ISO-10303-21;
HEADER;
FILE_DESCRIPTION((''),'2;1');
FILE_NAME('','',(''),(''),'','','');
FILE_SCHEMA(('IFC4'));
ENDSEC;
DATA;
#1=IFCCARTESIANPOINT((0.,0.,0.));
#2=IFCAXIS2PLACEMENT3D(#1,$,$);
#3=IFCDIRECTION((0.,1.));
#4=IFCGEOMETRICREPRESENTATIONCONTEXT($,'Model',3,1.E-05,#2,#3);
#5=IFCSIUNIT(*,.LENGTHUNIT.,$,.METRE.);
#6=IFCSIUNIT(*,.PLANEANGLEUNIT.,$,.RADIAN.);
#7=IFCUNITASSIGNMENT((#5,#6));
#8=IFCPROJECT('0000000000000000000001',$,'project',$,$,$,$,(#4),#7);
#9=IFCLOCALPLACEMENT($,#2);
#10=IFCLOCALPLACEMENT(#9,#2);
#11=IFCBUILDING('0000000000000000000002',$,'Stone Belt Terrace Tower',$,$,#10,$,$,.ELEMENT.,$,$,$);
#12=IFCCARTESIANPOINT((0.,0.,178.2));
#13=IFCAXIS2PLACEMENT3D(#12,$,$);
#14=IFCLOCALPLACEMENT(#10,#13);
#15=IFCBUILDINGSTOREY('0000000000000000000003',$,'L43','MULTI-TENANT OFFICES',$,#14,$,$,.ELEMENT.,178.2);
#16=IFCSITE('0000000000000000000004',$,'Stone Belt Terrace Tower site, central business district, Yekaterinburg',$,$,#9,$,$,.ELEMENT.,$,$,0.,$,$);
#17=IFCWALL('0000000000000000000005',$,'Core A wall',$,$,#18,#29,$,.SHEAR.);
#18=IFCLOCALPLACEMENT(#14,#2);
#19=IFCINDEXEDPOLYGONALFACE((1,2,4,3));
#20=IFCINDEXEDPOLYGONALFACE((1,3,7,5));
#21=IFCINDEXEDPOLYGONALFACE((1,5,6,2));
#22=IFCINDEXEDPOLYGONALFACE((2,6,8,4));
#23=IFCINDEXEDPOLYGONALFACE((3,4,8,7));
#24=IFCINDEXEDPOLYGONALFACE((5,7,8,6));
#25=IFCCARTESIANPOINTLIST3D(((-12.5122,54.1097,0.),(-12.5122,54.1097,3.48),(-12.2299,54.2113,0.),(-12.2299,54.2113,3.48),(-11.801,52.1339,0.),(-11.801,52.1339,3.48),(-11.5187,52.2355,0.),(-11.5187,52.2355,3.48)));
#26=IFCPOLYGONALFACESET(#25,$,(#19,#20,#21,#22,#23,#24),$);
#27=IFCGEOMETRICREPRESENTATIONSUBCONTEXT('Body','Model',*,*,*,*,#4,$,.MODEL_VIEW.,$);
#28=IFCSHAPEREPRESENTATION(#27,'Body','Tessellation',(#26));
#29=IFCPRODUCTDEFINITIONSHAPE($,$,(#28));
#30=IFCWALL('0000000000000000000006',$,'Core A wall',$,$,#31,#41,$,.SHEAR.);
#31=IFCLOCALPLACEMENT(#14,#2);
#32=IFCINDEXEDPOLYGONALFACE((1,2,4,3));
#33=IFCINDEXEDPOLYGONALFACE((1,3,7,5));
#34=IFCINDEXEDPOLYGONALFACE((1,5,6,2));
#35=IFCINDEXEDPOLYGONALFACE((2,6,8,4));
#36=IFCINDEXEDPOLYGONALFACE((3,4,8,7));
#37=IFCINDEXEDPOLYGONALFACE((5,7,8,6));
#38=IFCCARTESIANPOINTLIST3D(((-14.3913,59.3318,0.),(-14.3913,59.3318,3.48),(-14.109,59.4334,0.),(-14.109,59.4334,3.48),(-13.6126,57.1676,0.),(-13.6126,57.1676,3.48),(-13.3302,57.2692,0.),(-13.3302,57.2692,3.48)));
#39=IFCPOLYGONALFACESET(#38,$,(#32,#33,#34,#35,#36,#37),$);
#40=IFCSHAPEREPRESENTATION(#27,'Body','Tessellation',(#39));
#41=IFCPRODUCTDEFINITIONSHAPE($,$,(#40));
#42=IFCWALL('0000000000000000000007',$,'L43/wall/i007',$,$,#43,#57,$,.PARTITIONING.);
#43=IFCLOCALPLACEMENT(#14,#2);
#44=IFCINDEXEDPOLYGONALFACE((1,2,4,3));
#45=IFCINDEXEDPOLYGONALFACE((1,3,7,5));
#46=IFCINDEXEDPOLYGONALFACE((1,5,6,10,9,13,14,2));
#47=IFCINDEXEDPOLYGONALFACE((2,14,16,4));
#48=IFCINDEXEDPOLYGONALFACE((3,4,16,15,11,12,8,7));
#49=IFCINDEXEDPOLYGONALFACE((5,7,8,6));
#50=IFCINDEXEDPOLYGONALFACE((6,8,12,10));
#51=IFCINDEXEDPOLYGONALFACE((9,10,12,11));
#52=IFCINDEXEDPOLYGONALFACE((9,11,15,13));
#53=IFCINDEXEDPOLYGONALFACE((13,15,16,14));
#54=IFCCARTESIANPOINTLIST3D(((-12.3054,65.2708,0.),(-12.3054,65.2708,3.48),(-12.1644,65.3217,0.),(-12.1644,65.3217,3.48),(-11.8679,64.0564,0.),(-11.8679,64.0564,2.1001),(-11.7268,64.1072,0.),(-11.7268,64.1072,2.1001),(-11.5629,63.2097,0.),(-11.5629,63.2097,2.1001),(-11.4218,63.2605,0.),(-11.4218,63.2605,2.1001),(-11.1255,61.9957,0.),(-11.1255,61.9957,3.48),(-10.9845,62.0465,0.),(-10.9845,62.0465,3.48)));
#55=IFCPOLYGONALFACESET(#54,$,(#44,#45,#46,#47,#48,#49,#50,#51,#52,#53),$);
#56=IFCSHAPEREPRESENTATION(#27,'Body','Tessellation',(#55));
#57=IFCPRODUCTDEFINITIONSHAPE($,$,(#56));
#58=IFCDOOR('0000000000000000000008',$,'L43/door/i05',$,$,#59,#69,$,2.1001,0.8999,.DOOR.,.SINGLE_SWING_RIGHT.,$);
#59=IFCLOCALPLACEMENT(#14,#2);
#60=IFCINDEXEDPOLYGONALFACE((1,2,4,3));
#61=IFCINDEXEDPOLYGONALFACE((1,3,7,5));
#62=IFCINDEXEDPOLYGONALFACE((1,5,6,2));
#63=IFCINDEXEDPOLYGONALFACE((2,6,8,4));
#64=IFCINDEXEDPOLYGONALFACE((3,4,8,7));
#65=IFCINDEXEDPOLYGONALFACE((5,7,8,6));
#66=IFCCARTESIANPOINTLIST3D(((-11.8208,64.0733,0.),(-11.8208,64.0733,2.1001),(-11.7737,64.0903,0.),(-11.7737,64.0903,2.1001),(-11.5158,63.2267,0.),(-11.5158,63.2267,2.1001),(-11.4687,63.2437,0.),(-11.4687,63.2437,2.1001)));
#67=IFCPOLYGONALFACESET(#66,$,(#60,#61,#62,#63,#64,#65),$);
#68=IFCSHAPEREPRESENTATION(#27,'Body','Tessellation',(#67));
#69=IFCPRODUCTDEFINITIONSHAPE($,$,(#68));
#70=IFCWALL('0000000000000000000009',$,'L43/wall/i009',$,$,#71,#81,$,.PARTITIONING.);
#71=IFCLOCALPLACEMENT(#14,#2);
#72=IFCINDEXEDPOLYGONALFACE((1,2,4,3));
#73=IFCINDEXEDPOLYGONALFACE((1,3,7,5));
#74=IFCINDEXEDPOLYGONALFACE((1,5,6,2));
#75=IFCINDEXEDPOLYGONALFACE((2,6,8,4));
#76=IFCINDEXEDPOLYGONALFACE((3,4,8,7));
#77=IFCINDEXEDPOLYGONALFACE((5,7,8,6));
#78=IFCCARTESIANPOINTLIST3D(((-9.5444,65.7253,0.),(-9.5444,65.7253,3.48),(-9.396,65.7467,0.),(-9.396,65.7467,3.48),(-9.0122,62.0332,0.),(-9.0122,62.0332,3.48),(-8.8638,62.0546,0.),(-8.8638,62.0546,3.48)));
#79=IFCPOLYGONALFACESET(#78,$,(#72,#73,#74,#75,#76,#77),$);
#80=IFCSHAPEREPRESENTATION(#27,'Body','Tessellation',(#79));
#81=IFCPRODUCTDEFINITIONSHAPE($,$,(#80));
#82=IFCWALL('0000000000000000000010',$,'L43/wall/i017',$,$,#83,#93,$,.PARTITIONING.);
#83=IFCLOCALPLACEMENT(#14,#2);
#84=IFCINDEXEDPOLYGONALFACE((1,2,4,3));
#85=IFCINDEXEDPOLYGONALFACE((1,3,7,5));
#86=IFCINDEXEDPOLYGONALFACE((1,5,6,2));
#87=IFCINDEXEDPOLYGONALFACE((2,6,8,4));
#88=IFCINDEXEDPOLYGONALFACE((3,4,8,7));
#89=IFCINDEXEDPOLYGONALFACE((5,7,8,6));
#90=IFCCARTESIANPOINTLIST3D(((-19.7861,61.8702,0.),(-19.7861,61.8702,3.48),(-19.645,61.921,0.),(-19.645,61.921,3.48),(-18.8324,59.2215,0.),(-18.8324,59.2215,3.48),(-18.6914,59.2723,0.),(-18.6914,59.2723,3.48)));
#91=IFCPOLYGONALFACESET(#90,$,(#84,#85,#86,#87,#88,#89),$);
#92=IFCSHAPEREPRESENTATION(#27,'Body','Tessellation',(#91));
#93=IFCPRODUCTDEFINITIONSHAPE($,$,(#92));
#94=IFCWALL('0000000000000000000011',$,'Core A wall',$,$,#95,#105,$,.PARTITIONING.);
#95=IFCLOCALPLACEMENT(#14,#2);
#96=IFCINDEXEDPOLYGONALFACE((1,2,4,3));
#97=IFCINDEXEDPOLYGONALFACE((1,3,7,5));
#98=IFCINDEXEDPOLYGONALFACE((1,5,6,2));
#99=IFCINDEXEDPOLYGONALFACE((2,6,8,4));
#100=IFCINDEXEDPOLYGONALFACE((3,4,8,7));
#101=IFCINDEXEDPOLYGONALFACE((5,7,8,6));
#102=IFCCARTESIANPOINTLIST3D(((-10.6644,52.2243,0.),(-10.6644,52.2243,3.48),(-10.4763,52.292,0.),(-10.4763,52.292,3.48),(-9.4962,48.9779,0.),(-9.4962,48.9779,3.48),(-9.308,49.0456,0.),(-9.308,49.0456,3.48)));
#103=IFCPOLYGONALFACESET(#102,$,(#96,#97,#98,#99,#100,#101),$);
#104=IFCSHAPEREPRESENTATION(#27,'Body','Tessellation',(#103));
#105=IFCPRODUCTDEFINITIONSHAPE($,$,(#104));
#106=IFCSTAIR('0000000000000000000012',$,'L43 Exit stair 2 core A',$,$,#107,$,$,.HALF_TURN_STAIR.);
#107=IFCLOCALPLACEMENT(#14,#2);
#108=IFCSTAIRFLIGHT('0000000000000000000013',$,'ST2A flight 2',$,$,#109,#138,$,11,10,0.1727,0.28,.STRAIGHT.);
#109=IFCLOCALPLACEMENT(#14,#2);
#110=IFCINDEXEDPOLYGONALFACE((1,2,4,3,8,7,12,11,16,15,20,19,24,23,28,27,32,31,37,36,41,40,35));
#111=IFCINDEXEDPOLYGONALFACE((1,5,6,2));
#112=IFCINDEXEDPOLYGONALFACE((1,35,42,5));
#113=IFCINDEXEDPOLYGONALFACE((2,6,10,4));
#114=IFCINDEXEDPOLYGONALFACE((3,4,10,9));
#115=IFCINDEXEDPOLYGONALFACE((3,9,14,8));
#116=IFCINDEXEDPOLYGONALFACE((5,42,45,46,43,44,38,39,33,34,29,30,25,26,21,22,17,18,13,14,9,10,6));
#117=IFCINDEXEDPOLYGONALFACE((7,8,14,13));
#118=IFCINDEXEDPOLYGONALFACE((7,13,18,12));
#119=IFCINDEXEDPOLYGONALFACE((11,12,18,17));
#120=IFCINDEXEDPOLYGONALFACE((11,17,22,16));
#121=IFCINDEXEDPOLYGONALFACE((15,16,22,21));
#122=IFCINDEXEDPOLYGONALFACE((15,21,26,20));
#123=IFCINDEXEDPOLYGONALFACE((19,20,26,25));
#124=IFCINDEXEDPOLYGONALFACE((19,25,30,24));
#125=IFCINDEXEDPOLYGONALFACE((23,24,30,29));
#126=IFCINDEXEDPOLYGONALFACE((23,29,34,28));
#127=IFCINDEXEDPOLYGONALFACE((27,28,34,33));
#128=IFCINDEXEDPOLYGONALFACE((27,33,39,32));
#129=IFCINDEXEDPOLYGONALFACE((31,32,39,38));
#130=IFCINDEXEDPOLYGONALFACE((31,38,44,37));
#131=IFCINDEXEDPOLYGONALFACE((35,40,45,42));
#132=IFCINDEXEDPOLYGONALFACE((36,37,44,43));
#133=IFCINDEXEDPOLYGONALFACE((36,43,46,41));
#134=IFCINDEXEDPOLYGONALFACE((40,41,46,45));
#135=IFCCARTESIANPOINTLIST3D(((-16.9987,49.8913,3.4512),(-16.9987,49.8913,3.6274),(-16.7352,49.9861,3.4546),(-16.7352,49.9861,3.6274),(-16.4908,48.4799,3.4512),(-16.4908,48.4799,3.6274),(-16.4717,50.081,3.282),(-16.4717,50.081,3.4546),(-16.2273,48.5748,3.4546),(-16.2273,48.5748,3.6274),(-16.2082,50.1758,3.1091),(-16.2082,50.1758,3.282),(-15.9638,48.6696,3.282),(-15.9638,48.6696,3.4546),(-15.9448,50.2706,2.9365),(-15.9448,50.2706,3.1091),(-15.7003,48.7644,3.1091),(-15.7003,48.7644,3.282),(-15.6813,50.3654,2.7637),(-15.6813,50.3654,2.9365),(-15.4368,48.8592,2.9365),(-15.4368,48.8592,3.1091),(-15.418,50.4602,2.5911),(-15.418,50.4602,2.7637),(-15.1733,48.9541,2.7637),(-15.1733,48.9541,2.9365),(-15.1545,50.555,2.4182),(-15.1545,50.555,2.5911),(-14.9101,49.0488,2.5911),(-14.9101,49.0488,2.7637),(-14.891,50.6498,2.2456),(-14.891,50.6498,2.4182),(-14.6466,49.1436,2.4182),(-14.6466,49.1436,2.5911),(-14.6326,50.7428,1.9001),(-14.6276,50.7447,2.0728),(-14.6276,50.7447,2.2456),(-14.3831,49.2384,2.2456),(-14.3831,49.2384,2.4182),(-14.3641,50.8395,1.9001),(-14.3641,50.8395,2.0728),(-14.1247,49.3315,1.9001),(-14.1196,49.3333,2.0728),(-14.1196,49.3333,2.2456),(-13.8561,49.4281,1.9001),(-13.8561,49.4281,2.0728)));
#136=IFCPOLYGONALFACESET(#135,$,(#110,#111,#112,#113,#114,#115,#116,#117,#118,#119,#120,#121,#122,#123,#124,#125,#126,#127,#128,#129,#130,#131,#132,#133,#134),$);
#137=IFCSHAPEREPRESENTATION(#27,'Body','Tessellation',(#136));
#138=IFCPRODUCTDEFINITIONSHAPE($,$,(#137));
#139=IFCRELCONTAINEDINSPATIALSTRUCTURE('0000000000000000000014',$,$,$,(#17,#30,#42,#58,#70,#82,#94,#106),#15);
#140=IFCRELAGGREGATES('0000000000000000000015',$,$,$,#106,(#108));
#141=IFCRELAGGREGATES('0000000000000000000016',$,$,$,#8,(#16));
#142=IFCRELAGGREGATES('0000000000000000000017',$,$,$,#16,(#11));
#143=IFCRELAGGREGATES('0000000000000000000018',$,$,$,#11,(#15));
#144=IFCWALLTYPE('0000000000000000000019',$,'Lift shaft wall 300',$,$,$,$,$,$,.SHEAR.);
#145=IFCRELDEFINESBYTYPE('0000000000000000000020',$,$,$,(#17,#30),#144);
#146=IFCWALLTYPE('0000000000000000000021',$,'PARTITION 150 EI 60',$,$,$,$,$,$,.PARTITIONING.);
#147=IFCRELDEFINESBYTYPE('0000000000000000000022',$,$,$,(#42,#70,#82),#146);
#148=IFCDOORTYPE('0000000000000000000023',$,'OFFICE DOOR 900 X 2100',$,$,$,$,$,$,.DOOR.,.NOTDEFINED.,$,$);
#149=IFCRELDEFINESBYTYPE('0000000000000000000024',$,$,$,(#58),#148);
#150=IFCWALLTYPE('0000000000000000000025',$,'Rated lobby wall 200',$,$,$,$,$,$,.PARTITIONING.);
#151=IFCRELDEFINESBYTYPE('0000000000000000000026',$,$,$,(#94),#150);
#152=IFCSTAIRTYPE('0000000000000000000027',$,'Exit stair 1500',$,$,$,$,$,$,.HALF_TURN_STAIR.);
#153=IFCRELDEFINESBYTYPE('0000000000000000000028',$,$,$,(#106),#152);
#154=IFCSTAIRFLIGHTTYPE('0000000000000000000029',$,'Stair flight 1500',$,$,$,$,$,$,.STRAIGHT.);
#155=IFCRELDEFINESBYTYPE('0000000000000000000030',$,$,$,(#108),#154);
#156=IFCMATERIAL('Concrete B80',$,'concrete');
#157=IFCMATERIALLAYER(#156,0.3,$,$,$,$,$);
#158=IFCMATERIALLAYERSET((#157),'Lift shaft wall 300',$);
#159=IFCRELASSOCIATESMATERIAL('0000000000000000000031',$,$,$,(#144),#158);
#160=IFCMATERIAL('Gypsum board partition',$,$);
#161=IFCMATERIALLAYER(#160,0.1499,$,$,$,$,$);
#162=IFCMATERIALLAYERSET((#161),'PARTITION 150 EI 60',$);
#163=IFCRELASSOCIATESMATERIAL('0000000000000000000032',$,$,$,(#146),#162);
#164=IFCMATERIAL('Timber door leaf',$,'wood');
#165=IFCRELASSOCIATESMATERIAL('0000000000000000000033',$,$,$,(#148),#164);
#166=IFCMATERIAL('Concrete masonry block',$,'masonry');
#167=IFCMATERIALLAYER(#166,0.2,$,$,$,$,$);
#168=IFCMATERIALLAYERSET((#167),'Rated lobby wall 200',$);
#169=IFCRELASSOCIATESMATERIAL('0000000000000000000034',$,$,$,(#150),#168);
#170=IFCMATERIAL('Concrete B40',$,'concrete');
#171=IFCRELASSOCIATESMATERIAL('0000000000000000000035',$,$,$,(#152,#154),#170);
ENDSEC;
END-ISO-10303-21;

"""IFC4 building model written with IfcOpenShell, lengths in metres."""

from ifc_helpers import new_model, si_unit, direction, frame, frame_2d, origin, place, context, subcontext, project, spatial, polyline, rectangle, outline, extrude, material, layer, layer_set, type_object, element, fill, aggregate, save


model = new_model("IFC4")

# Units and contexts
model_context = context("Model", 3, precision=1e-05, world=origin(), true_north=direction((0.0, 1.0)))
body_context = subcontext(model_context, "Body", "Model", "MODEL_VIEW")
ifc_project = project(units=[si_unit("LENGTHUNIT", "METRE"), si_unit("PLANEANGLEUNIT", "RADIAN")], contexts=[model_context])

# Site, building, storey
site_placement = place(None, origin())
site = spatial("IfcSite", under=ifc_project, at=site_placement, Name="Stone Belt Terrace Tower site, central business district, Yekaterinburg", CompositionType="ELEMENT", RefElevation=0.0)
building_placement = place(site_placement, origin())
building = spatial("IfcBuilding", under=site, at=building_placement, Name="Stone Belt Terrace Tower", CompositionType="ELEMENT")
storey_placement = place(building_placement, frame((0.0, 0.0, 178.2)))
storey = spatial("IfcBuildingStorey", under=building, at=storey_placement, Name="L43", Description="MULTI-TENANT OFFICES", CompositionType="ELEMENT", Elevation=178.2)

# Shared definitions
ifc_material_1 = material(Name="Concrete B80", Category="concrete")

# Shared definitions
ifc_material_2 = material(Name="Timber door leaf", Category="wood")

# Walls
ifc_layer_1 = layer(ifc_material_1, 0.3)
ifc_layer_set_1 = layer_set([ifc_layer_1], Name="Lift shaft wall 300")
wall_type_1 = type_object("IfcWallType", Name="Lift shaft wall 300", PredefinedType="SHEAR", material=ifc_layer_set_1)
wall_1_placement = place(storey_placement, frame((-11.6599, 52.1848, 0.0), z_axis=(0.0, 0.0, 1.0), x_axis=(-0.33867, 0.940905, 0.0)))
element("IfcWall", 1, at=wall_1_placement, inside=storey, type_object=wall_type_1, Name="Core A wall", PredefinedType="SHEAR", context=body_context, shape_type="SweptSolid", body=[
    extrude(rectangle(XDim=2.0999, YDim=0.3, at=frame_2d((1.0498, 0.0))), origin(), (0.0, 0.0, 1.0), 3.48),
])
wall_2_placement = place(storey_placement, frame((-13.4714, 57.2185, 0.0), z_axis=(0.0, 0.0, 1.0), x_axis=(-0.338588, 0.940935, 0.0)))
element("IfcWall", 2, at=wall_2_placement, inside=storey, type_object=wall_type_1, Name="Core A wall", PredefinedType="SHEAR", context=body_context, shape_type="SweptSolid", body=[
    extrude(rectangle(XDim=2.3, YDim=0.3, at=frame_2d((1.1499, 0.0))), origin(), (0.0, 0.0, 1.0), 3.48),
])

# Wall, opening, door
ifc_material_3 = material(Name="Gypsum board partition")
ifc_layer_2 = layer(ifc_material_3, 0.1499)
ifc_layer_set_2 = layer_set([ifc_layer_2], Name="PARTITION 150 EI 60")
wall_type_2 = type_object("IfcWallType", Name="PARTITION 150 EI 60", PredefinedType="PARTITIONING", material=ifc_layer_set_2)
wall_3_placement = place(storey_placement, frame((-11.0549, 62.021, 0.0), z_axis=(0.0, 0.0, 1.0), x_axis=(-0.338943, 0.940807, 0.0)))
wall_3 = element("IfcWall", 3, at=wall_3_placement, inside=storey, type_object=wall_type_2, Name="L43/wall/i007", PredefinedType="PARTITIONING", context=body_context, shape_type="SweptSolid", body=[
    extrude(rectangle(XDim=3.4812, YDim=0.1499, at=frame_2d((1.7407, 0.0))), origin(), (0.0, 0.0, 1.0), 3.48),
])
opening_1_placement = place(wall_3_placement, frame((1.2905, 0.0, 0.0)))
opening_1 = element("IfcOpeningElement", 4, at=opening_1_placement, cuts=wall_3, PredefinedType="OPENING", context=body_context, shape_type="SweptSolid", body=[
    extrude(rectangle(XDim=0.8999, YDim=2.1001, at=frame_2d((0.45, 1.05))), frame((0.0, 0.085, 0.0), z_axis=(0.0, -1.0, 0.0), x_axis=(1.0, 0.0, 0.0)), (0.0, 0.0, 1.0), 0.1699),
])
door_type_1 = type_object("IfcDoorType", Name="OFFICE DOOR 900 X 2100", OperationType="NOTDEFINED", PredefinedType="DOOR", material=ifc_material_2)
door_1_placement = place(opening_1_placement, origin())
door_1 = element("IfcDoor", 5, at=door_1_placement, inside=storey, type_object=door_type_1, Name="L43/door/i05", OperationType="SINGLE_SWING_RIGHT", OverallHeight=2.1001, OverallWidth=0.8999, PredefinedType="DOOR", context=body_context, shape_type="SweptSolid", body=[
    extrude(rectangle(XDim=0.8999, YDim=2.1001, at=frame_2d((0.45, 1.05))), frame((0.0, 0.0249, 0.0), z_axis=(0.0, -1.0, 0.0), x_axis=(1.0, 0.0, 0.0)), (0.0, 0.0, 1.0), 0.05),
])
fill(opening_1, door_1)

# Walls
wall_4_placement = place(storey_placement, frame((-9.4702, 65.7361, 0.0), z_axis=(0.0, 0.0, 1.0), x_axis=(0.142677, -0.989769, 0.0)))
element("IfcWall", 6, at=wall_4_placement, inside=storey, type_object=wall_type_2, Name="L43/wall/i009", PredefinedType="PARTITIONING", context=body_context, shape_type="SweptSolid", body=[
    extrude(rectangle(XDim=3.7302, YDim=0.1499, at=frame_2d((1.8652, 0.0))), origin(), (0.0, 0.0, 1.0), 3.48),
])
wall_5_placement = place(storey_placement, frame((-19.7156, 61.8958, 0.0), z_axis=(0.0, 0.0, 1.0), x_axis=(0.338747, -0.940877, 0.0)))
element("IfcWall", 7, at=wall_5_placement, inside=storey, type_object=wall_type_2, Name="L43/wall/i017", PredefinedType="PARTITIONING", context=body_context, shape_type="SweptSolid", body=[
    extrude(rectangle(XDim=2.8152, YDim=0.1499, at=frame_2d((1.4077, 0.0))), origin(), (0.0, 0.0, 1.0), 3.48),
])
ifc_material_4 = material(Name="Concrete masonry block", Category="masonry")
ifc_layer_3 = layer(ifc_material_4, 0.2)
ifc_layer_set_3 = layer_set([ifc_layer_3], Name="Rated lobby wall 200")
wall_type_3 = type_object("IfcWallType", Name="Rated lobby wall 200", PredefinedType="PARTITIONING", material=ifc_layer_set_3)
wall_6_placement = place(storey_placement, frame((-9.4021, 49.0117, 0.0), z_axis=(0.0, 0.0, 1.0), x_axis=(-0.338599, 0.940931, 0.0)))
element("IfcWall", 8, at=wall_6_placement, inside=storey, type_object=wall_type_3, Name="Core A wall", PredefinedType="PARTITIONING", context=body_context, shape_type="SweptSolid", body=[
    extrude(rectangle(XDim=3.4502, YDim=0.2, at=frame_2d((1.7251, 0.0))), origin(), (0.0, 0.0, 1.0), 3.48),
])

# Stair, stair flight
ifc_material_5 = material(Name="Concrete B40", Category="concrete")
stair_type = type_object("IfcStairType", Name="Exit stair 1500", PredefinedType="HALF_TURN_STAIR", material=ifc_material_5)
stair_placement = place(storey_placement, origin())
stair = element("IfcStair", 9, at=stair_placement, inside=storey, type_object=stair_type, Name="L43 Exit stair 2 core A", PredefinedType="HALF_TURN_STAIR")
stair_flight_type = type_object("IfcStairFlightType", Name="Stair flight 1500", PredefinedType="STRAIGHT", material=ifc_material_5)
stair_flight_placement = place(storey_placement, frame((-14.1101, 50.1338, 1.9001), z_axis=(0.0, 0.0, 1.0), x_axis=(-0.940922, -0.338624, 0.0)))
stair_flight = element("IfcStairFlight", 10, at=stair_flight_placement, type_object=stair_flight_type, Name="ST2A flight 2", NumberOfRisers=11, NumberOfTreads=10, PredefinedType="STRAIGHT", RiserHeight=0.1727, TreadLength=0.28, context=body_context, shape_type="SweptSolid", body=[
    extrude(outline(polyline([(0.0, 0.0), (0.0, 0.1726), (0.28, 0.1726), (0.28, 0.3455), (0.5601, 0.3455), (0.5601, 0.5181), (0.8401, 0.5181), (0.8401, 0.6909), (1.1201, 0.6909), (1.1201, 0.8635), (1.3999, 0.8635), (1.3999, 1.0364), (1.6799, 1.0364), (1.6799, 1.209), (1.96, 1.209), (1.96, 1.3818), (2.24, 1.3818), (2.24, 1.5544), (2.52, 1.5544), (2.52, 1.7273), (2.8, 1.7273), (2.8, 1.8999), (2.8, 1.551), (0.2854, 0.0), (0.0, 0.0)])), frame((0.0, 0.75, 0.0), z_axis=(0.0, -1.0, 0.0), x_axis=(1.0, 0.0, 0.0)), (0.0, 0.0, 1.0), 1.5),
])
aggregate(stair, [stair_flight])

save(model, "model.ifc")
